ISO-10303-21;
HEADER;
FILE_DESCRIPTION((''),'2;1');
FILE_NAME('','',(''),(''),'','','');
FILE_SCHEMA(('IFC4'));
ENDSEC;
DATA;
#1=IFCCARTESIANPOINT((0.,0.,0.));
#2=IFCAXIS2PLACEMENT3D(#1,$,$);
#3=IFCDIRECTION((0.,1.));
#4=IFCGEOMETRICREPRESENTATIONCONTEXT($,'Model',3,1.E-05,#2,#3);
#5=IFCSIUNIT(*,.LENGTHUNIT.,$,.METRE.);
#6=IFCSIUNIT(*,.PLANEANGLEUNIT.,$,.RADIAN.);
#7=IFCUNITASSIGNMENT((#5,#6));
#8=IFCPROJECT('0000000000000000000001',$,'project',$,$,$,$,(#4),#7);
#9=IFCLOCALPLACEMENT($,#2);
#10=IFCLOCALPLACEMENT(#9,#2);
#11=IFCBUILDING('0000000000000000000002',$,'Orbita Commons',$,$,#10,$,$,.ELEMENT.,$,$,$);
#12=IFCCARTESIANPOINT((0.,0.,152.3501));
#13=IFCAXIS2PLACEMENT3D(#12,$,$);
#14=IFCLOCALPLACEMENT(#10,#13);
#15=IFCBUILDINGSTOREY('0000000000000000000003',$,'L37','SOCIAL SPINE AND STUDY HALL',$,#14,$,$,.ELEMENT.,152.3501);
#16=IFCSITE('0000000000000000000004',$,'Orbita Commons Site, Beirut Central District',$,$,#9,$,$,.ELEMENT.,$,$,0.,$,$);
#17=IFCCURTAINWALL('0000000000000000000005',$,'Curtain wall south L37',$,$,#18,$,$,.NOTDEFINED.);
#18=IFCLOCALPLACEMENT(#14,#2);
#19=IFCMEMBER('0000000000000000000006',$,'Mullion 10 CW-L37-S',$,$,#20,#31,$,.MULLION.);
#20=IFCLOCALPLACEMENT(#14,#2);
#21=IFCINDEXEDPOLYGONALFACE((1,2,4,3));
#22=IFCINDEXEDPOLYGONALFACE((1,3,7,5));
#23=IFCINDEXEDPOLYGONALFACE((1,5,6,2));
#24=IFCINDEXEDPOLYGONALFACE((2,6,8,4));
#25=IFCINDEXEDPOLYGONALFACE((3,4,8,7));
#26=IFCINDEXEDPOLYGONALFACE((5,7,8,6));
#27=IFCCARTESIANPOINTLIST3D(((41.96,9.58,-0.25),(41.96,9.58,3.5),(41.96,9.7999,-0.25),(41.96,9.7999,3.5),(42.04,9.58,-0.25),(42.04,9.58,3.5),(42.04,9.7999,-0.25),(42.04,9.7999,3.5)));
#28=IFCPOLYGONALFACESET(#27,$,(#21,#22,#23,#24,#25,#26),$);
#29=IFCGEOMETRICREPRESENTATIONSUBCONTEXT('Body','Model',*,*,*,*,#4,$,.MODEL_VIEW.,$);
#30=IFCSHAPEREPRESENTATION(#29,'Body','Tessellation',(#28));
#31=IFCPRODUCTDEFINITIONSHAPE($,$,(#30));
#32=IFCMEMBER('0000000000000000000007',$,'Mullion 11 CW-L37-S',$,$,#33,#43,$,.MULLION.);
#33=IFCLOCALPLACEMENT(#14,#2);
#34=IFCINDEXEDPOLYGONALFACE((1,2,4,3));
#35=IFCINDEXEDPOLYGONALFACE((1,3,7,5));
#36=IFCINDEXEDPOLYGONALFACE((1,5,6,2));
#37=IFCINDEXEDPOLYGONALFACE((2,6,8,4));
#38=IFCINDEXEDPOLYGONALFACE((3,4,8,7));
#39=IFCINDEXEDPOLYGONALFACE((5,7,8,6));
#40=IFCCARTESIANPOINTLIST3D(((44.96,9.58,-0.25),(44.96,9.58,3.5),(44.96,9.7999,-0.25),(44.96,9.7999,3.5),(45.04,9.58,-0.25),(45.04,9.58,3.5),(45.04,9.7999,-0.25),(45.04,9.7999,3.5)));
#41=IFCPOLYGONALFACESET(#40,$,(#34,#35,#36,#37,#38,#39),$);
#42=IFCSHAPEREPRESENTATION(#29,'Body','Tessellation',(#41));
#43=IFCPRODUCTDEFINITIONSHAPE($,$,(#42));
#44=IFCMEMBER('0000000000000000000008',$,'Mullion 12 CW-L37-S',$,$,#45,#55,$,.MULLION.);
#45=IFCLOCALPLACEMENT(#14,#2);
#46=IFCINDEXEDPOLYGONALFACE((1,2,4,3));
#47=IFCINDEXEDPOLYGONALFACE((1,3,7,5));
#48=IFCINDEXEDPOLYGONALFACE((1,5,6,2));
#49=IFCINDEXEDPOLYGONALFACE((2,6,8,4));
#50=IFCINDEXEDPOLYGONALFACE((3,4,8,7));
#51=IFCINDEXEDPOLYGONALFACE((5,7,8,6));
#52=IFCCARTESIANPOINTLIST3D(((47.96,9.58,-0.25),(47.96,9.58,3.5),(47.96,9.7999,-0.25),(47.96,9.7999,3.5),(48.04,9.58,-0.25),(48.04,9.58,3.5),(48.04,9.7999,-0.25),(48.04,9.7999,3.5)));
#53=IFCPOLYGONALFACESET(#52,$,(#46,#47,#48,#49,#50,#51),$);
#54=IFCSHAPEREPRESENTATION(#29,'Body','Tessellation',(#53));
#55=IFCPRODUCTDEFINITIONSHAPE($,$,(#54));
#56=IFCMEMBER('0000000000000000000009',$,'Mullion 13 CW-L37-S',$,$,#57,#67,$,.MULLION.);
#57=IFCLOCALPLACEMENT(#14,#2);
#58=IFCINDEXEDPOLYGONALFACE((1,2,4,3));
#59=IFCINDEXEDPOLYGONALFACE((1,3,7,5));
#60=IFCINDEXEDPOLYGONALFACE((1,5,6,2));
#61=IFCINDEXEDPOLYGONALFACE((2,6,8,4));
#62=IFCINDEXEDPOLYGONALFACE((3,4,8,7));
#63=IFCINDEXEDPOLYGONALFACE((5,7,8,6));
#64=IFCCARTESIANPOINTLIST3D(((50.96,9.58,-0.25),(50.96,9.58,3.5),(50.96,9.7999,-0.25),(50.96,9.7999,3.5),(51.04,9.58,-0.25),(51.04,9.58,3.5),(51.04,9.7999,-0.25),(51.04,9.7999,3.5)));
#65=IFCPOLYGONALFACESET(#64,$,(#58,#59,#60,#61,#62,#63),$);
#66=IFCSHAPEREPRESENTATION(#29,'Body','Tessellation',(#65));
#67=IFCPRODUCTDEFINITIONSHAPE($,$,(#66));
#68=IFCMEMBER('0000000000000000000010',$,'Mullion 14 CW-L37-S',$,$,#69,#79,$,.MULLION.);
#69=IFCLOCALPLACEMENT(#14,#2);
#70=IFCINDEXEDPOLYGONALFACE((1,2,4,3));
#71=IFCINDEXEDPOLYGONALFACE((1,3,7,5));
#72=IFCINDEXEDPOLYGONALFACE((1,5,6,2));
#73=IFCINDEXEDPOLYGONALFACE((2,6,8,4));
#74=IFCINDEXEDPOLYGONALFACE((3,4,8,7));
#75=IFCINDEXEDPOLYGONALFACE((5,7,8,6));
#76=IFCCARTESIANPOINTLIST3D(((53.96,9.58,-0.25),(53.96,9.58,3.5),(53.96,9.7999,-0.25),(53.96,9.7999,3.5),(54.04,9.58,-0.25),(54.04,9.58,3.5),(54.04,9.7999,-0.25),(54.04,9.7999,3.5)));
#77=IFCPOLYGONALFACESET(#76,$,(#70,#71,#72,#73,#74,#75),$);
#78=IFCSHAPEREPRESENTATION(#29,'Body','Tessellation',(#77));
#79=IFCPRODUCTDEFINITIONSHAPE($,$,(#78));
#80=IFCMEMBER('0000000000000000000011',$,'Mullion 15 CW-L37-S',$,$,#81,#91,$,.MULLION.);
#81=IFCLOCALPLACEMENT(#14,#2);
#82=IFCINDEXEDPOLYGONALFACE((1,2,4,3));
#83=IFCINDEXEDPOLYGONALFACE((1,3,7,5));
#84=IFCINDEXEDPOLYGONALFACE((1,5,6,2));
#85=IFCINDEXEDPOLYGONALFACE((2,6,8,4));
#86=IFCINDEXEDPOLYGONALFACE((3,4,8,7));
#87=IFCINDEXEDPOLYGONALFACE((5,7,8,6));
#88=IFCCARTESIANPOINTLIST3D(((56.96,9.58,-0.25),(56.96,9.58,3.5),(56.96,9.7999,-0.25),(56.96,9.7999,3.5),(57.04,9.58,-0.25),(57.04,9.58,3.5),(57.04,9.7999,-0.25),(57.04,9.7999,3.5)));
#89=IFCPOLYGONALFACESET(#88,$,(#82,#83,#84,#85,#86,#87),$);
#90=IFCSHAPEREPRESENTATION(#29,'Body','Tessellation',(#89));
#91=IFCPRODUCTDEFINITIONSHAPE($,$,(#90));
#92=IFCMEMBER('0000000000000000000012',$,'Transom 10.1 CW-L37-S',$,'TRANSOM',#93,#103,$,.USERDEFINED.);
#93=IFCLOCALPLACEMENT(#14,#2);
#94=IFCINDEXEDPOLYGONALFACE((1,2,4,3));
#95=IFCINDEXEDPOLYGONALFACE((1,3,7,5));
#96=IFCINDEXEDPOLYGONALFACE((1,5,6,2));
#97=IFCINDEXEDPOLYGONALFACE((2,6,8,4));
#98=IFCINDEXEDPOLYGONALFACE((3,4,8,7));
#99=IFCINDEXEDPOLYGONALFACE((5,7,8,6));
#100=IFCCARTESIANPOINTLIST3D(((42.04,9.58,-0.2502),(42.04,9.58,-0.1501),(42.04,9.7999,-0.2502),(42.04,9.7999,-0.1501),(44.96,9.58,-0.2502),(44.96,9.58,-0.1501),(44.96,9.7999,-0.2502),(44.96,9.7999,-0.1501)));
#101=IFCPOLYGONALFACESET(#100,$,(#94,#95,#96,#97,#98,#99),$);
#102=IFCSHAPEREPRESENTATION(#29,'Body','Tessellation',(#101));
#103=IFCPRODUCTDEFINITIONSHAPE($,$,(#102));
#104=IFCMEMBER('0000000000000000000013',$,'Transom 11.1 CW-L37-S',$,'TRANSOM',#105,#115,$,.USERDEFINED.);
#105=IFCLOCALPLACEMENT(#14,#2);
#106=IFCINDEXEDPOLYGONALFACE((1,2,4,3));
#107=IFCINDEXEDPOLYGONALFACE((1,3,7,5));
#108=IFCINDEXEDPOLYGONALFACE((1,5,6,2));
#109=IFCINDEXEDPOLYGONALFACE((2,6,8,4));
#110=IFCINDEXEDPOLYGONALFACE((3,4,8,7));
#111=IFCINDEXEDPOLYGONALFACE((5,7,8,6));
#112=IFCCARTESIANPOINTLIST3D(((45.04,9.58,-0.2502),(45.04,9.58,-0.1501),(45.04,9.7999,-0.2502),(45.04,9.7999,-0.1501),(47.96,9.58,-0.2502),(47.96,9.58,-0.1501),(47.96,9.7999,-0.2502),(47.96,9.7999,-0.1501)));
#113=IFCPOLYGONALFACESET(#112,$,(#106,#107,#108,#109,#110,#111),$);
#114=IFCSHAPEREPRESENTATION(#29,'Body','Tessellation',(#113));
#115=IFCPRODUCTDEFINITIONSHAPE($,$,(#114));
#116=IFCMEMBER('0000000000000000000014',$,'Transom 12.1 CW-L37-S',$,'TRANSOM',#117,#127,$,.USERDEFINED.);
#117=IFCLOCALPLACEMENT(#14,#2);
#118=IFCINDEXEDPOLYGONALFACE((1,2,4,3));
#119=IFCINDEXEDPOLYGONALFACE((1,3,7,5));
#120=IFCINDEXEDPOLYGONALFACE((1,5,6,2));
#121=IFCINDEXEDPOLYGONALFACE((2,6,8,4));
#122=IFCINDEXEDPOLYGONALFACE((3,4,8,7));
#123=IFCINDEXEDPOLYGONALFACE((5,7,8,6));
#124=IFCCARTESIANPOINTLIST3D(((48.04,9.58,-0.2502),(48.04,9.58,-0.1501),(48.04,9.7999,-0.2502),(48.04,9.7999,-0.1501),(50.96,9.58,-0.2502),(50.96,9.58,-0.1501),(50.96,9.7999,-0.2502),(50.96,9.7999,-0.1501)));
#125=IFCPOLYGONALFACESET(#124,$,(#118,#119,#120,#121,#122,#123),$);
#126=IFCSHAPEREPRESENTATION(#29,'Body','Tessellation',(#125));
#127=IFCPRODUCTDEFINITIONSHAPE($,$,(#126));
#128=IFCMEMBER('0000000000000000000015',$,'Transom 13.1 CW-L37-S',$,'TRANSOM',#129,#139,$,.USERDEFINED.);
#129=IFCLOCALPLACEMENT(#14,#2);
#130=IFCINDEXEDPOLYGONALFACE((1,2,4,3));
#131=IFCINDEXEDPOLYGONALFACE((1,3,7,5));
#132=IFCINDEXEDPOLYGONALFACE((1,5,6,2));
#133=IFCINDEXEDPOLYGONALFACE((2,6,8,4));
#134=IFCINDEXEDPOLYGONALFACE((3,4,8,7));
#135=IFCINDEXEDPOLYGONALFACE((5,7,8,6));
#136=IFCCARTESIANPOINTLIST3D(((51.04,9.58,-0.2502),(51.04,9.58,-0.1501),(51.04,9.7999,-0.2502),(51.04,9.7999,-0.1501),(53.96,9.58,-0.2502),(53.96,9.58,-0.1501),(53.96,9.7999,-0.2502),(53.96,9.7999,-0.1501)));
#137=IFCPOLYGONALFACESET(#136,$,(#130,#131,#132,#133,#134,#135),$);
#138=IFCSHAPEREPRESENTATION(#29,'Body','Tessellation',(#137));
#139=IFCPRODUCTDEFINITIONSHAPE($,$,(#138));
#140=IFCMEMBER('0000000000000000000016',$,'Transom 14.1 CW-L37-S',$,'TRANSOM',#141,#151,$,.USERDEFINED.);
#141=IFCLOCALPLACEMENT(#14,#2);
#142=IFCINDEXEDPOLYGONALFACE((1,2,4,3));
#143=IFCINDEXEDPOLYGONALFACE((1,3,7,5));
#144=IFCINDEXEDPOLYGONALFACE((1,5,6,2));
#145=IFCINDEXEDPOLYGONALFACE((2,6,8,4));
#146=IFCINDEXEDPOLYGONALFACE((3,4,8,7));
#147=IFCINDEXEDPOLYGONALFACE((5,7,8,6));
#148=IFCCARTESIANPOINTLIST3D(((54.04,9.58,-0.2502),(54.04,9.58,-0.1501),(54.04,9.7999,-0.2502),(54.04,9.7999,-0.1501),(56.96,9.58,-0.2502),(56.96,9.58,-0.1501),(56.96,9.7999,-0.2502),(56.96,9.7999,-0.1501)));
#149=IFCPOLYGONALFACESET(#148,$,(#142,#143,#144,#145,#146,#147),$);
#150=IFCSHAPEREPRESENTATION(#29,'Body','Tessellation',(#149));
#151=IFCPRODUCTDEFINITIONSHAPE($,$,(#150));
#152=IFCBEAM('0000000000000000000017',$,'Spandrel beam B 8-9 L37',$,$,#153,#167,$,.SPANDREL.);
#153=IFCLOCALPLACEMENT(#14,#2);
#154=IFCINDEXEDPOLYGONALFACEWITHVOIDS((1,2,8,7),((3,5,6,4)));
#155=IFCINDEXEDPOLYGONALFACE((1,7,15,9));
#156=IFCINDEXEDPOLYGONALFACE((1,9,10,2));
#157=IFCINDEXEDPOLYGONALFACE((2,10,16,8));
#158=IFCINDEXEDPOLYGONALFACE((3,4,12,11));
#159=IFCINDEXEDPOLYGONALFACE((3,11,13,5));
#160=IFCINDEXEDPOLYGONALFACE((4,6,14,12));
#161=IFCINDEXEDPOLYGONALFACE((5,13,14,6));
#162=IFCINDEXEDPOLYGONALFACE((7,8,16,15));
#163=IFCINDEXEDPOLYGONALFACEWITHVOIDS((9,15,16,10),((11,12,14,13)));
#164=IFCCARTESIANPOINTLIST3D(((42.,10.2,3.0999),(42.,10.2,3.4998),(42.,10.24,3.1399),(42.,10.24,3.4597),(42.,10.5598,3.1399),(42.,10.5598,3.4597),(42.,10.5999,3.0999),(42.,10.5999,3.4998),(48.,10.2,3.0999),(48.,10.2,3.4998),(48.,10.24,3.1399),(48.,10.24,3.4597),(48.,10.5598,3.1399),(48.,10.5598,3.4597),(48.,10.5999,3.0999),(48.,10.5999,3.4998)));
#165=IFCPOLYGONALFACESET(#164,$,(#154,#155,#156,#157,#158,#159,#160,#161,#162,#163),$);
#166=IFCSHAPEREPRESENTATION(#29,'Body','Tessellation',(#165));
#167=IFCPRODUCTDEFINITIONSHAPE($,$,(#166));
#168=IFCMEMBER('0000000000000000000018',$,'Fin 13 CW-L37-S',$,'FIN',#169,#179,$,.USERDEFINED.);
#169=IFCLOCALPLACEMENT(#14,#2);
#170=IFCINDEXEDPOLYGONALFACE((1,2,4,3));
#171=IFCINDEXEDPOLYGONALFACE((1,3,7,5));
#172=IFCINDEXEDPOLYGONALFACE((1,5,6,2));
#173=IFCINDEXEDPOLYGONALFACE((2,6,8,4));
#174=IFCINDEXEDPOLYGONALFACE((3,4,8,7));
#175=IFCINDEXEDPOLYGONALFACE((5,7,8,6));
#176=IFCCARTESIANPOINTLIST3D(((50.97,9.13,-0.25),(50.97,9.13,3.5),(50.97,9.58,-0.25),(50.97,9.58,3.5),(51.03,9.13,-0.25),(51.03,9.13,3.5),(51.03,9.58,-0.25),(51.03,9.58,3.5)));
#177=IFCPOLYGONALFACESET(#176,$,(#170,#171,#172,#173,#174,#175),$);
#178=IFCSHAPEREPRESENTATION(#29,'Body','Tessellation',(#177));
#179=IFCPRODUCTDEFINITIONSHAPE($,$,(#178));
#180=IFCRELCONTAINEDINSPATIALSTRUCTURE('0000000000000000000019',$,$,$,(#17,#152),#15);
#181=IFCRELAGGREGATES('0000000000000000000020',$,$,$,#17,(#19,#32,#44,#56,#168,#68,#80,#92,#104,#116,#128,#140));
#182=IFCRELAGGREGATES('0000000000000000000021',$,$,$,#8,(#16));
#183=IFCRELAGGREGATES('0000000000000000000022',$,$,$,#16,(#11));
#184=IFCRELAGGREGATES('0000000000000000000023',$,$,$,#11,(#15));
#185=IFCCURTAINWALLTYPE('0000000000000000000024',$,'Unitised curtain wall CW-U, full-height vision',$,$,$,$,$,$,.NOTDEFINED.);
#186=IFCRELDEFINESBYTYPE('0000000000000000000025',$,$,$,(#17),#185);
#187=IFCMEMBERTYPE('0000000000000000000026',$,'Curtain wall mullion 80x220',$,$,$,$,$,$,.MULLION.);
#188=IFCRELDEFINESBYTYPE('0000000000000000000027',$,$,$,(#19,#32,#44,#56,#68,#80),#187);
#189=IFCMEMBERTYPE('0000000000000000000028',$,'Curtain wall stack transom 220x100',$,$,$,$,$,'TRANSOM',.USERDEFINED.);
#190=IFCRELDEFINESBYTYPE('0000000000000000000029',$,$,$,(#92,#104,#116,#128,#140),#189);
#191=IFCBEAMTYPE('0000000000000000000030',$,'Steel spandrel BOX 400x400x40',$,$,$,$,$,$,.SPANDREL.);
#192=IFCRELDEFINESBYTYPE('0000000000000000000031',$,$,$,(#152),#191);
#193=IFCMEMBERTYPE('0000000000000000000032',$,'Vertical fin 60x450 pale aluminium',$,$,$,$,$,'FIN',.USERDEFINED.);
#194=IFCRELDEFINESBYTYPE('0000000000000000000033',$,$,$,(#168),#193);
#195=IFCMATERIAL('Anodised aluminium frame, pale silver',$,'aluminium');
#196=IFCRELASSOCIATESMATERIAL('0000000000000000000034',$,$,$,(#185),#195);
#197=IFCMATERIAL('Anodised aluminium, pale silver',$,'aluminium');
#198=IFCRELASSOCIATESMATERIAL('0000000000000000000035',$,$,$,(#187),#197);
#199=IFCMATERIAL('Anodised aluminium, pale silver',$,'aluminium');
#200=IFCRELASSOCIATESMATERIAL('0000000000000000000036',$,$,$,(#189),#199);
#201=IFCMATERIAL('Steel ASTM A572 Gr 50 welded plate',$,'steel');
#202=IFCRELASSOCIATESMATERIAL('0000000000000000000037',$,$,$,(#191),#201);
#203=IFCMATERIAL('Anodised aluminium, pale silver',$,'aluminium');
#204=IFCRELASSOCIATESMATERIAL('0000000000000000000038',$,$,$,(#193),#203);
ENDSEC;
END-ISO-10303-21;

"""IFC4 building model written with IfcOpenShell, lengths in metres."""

from ifc_helpers import new_model, si_unit, direction, frame, origin, origin_2d, place, context, subcontext, project, spatial, rectangle, hollow_rectangle, extrude, material, material_profile, profile_set, type_object, element, aggregate, save


model = new_model("IFC4")

# Units and contexts
model_context = context("Model", 3, precision=1e-05, world=origin(), true_north=direction((0.0, 1.0)))
body_context = subcontext(model_context, "Body", "Model", "MODEL_VIEW")
ifc_project = project(units=[si_unit("LENGTHUNIT", "METRE"), si_unit("PLANEANGLEUNIT", "RADIAN")], contexts=[model_context])

# Site, building, storey
site_placement = place(None, origin())
site = spatial("IfcSite", under=ifc_project, at=site_placement, Name="Orbita Commons Site, Beirut Central District", CompositionType="ELEMENT", RefElevation=0.0)
building_placement = place(site_placement, origin())
building = spatial("IfcBuilding", under=site, at=building_placement, Name="Orbita Commons", CompositionType="ELEMENT")
storey_placement = place(building_placement, frame((0.0, 0.0, 152.3501)))
storey = spatial("IfcBuildingStorey", under=building, at=storey_placement, Name="L37", Description="SOCIAL SPINE AND STUDY HALL", CompositionType="ELEMENT", Elevation=152.3501)

# Curtain wall, members
ifc_material_1 = material(Name="Anodised aluminium frame, pale silver", Category="aluminium")
curtain_wall_type = type_object("IfcCurtainWallType", Name="Unitised curtain wall CW-U, full-height vision", PredefinedType="NOTDEFINED", material=ifc_material_1)
curtain_wall_placement = place(storey_placement, origin())
curtain_wall = element("IfcCurtainWall", 1, at=curtain_wall_placement, inside=storey, type_object=curtain_wall_type, Name="Curtain wall south L37", PredefinedType="NOTDEFINED")
ifc_material_2 = material(Name="Anodised aluminium, pale silver", Category="aluminium")
ifc_material_profile_1 = material_profile(ifc_material_2, rectangle(XDim=0.0801, YDim=0.22, at=origin_2d()), Name="AL 80x220")
ifc_profile_set_1 = profile_set([ifc_material_profile_1], Name="Anodised aluminium, pale silver")
member_type_1 = type_object("IfcMemberType", Name="Curtain wall mullion 80x220", PredefinedType="MULLION", material=ifc_profile_set_1)
member_1_placement = place(storey_placement, frame((42.0, 9.6899, -0.25), z_axis=(0.0, 0.0, 1.0), x_axis=(1.0, 0.0, 0.0)))
member_1 = element("IfcMember", 2, at=member_1_placement, type_object=member_type_1, Name="Mullion 10 CW-L37-S", PredefinedType="MULLION", context=body_context, shape_type="SweptSolid", body=[
    extrude(rectangle(XDim=0.0801, YDim=0.22, at=origin_2d()), origin(), (0.0, 0.0, 1.0), 3.75),
])
member_2_placement = place(storey_placement, frame((45.0, 9.6899, -0.25), z_axis=(0.0, 0.0, 1.0), x_axis=(1.0, 0.0, 0.0)))
member_2 = element("IfcMember", 3, at=member_2_placement, type_object=member_type_1, Name="Mullion 11 CW-L37-S", PredefinedType="MULLION", context=body_context, shape_type="SweptSolid", body=[
    extrude(rectangle(XDim=0.0801, YDim=0.22, at=origin_2d()), origin(), (0.0, 0.0, 1.0), 3.75),
])
member_3_placement = place(storey_placement, frame((48.0, 9.6899, -0.25), z_axis=(0.0, 0.0, 1.0), x_axis=(1.0, 0.0, 0.0)))
member_3 = element("IfcMember", 4, at=member_3_placement, type_object=member_type_1, Name="Mullion 12 CW-L37-S", PredefinedType="MULLION", context=body_context, shape_type="SweptSolid", body=[
    extrude(rectangle(XDim=0.0801, YDim=0.22, at=origin_2d()), origin(), (0.0, 0.0, 1.0), 3.75),
])
member_4_placement = place(storey_placement, frame((51.0, 9.6899, -0.25), z_axis=(0.0, 0.0, 1.0), x_axis=(1.0, 0.0, 0.0)))
member_4 = element("IfcMember", 5, at=member_4_placement, type_object=member_type_1, Name="Mullion 13 CW-L37-S", PredefinedType="MULLION", context=body_context, shape_type="SweptSolid", body=[
    extrude(rectangle(XDim=0.0801, YDim=0.22, at=origin_2d()), origin(), (0.0, 0.0, 1.0), 3.75),
])
member_5_placement = place(storey_placement, frame((54.0, 9.6899, -0.25), z_axis=(0.0, 0.0, 1.0), x_axis=(1.0, 0.0, 0.0)))
member_5 = element("IfcMember", 6, at=member_5_placement, type_object=member_type_1, Name="Mullion 14 CW-L37-S", PredefinedType="MULLION", context=body_context, shape_type="SweptSolid", body=[
    extrude(rectangle(XDim=0.0801, YDim=0.22, at=origin_2d()), origin(), (0.0, 0.0, 1.0), 3.75),
])
member_6_placement = place(storey_placement, frame((57.0, 9.6899, -0.25), z_axis=(0.0, 0.0, 1.0), x_axis=(1.0, 0.0, 0.0)))
member_6 = element("IfcMember", 7, at=member_6_placement, type_object=member_type_1, Name="Mullion 15 CW-L37-S", PredefinedType="MULLION", context=body_context, shape_type="SweptSolid", body=[
    extrude(rectangle(XDim=0.0801, YDim=0.22, at=origin_2d()), origin(), (0.0, 0.0, 1.0), 3.75),
])
ifc_material_3 = material(Name="Anodised aluminium, pale silver", Category="aluminium")
ifc_material_profile_2 = material_profile(ifc_material_3, rectangle(XDim=0.22, YDim=0.1001, at=origin_2d()), Name="AL 220x100")
ifc_profile_set_2 = profile_set([ifc_material_profile_2], Name="Anodised aluminium, pale silver")
member_type_2 = type_object("IfcMemberType", Name="Curtain wall stack transom 220x100", ElementType="TRANSOM", PredefinedType="USERDEFINED", material=ifc_profile_set_2)
member_7_placement = place(storey_placement, frame((42.04, 9.6899, -0.2002), z_axis=(1.0, 0.0, 0.0), x_axis=(0.0, 1.0, 0.0)))
member_7 = element("IfcMember", 8, at=member_7_placement, type_object=member_type_2, Name="Transom 10.1 CW-L37-S", ObjectType="TRANSOM", PredefinedType="USERDEFINED", context=body_context, shape_type="SweptSolid", body=[
    extrude(rectangle(XDim=0.22, YDim=0.1001, at=origin_2d()), origin(), (0.0, 0.0, 1.0), 2.9199),
])
member_8_placement = place(storey_placement, frame((45.04, 9.6899, -0.2002), z_axis=(1.0, 0.0, 0.0), x_axis=(0.0, 1.0, 0.0)))
member_8 = element("IfcMember", 9, at=member_8_placement, type_object=member_type_2, Name="Transom 11.1 CW-L37-S", ObjectType="TRANSOM", PredefinedType="USERDEFINED", context=body_context, shape_type="SweptSolid", body=[
    extrude(rectangle(XDim=0.22, YDim=0.1001, at=origin_2d()), origin(), (0.0, 0.0, 1.0), 2.9199),
])
member_9_placement = place(storey_placement, frame((48.04, 9.6899, -0.2002), z_axis=(1.0, 0.0, 0.0), x_axis=(0.0, 1.0, 0.0)))
member_9 = element("IfcMember", 10, at=member_9_placement, type_object=member_type_2, Name="Transom 12.1 CW-L37-S", ObjectType="TRANSOM", PredefinedType="USERDEFINED", context=body_context, shape_type="SweptSolid", body=[
    extrude(rectangle(XDim=0.22, YDim=0.1001, at=origin_2d()), origin(), (0.0, 0.0, 1.0), 2.9199),
])
member_10_placement = place(storey_placement, frame((51.04, 9.6899, -0.2002), z_axis=(1.0, 0.0, 0.0), x_axis=(0.0, 1.0, 0.0)))
member_10 = element("IfcMember", 11, at=member_10_placement, type_object=member_type_2, Name="Transom 13.1 CW-L37-S", ObjectType="TRANSOM", PredefinedType="USERDEFINED", context=body_context, shape_type="SweptSolid", body=[
    extrude(rectangle(XDim=0.22, YDim=0.1001, at=origin_2d()), origin(), (0.0, 0.0, 1.0), 2.9199),
])
member_11_placement = place(storey_placement, frame((54.04, 9.6899, -0.2002), z_axis=(1.0, 0.0, 0.0), x_axis=(0.0, 1.0, 0.0)))
member_11 = element("IfcMember", 12, at=member_11_placement, type_object=member_type_2, Name="Transom 14.1 CW-L37-S", ObjectType="TRANSOM", PredefinedType="USERDEFINED", context=body_context, shape_type="SweptSolid", body=[
    extrude(rectangle(XDim=0.22, YDim=0.1001, at=origin_2d()), origin(), (0.0, 0.0, 1.0), 2.9199),
])

# Beam
ifc_material_4 = material(Name="Steel ASTM A572 Gr 50 welded plate", Category="steel")
ifc_material_profile_3 = material_profile(ifc_material_4, hollow_rectangle(XDim=0.3999, YDim=0.3999, WallThickness=0.04, at=origin_2d()), Name="BOX 400x400x40")
ifc_profile_set_3 = profile_set([ifc_material_profile_3], Name="Steel ASTM A572 Gr 50 welded plate")
beam_type = type_object("IfcBeamType", Name="Steel spandrel BOX 400x400x40", PredefinedType="SPANDREL", material=ifc_profile_set_3)
beam_placement = place(storey_placement, frame((42.0, 10.3999, 3.2998), z_axis=(1.0, 0.0, 0.0), x_axis=(0.0, 1.0, 0.0)))
element("IfcBeam", 13, at=beam_placement, inside=storey, type_object=beam_type, Name="Spandrel beam B 8-9 L37", PredefinedType="SPANDREL", context=body_context, shape_type="SweptSolid", body=[
    extrude(hollow_rectangle(XDim=0.3999, YDim=0.3999, WallThickness=0.04, at=origin_2d()), origin(), (0.0, 0.0, 1.0), 6.0),
])

# Member
ifc_material_5 = material(Name="Anodised aluminium, pale silver", Category="aluminium")
ifc_material_profile_4 = material_profile(ifc_material_5, rectangle(XDim=0.0601, YDim=0.45, at=origin_2d()), Name="FIN 60x450")
ifc_profile_set_4 = profile_set([ifc_material_profile_4], Name="Anodised aluminium, pale silver")
member_type_3 = type_object("IfcMemberType", Name="Vertical fin 60x450 pale aluminium", ElementType="FIN", PredefinedType="USERDEFINED", material=ifc_profile_set_4)
member_12_placement = place(storey_placement, frame((51.0, 9.355, -0.25), z_axis=(0.0, 0.0, 1.0), x_axis=(1.0, 0.0, 0.0)))
member_12 = element("IfcMember", 14, at=member_12_placement, type_object=member_type_3, Name="Fin 13 CW-L37-S", ObjectType="FIN", PredefinedType="USERDEFINED", context=body_context, shape_type="SweptSolid", body=[
    extrude(rectangle(XDim=0.0601, YDim=0.45, at=origin_2d()), origin(), (0.0, 0.0, 1.0), 3.75),
])

aggregate(curtain_wall, [member_1, member_2, member_3, member_4, member_12, member_5, member_6, member_7, member_8, member_9, member_10, member_11])

save(model, "model.ifc")
